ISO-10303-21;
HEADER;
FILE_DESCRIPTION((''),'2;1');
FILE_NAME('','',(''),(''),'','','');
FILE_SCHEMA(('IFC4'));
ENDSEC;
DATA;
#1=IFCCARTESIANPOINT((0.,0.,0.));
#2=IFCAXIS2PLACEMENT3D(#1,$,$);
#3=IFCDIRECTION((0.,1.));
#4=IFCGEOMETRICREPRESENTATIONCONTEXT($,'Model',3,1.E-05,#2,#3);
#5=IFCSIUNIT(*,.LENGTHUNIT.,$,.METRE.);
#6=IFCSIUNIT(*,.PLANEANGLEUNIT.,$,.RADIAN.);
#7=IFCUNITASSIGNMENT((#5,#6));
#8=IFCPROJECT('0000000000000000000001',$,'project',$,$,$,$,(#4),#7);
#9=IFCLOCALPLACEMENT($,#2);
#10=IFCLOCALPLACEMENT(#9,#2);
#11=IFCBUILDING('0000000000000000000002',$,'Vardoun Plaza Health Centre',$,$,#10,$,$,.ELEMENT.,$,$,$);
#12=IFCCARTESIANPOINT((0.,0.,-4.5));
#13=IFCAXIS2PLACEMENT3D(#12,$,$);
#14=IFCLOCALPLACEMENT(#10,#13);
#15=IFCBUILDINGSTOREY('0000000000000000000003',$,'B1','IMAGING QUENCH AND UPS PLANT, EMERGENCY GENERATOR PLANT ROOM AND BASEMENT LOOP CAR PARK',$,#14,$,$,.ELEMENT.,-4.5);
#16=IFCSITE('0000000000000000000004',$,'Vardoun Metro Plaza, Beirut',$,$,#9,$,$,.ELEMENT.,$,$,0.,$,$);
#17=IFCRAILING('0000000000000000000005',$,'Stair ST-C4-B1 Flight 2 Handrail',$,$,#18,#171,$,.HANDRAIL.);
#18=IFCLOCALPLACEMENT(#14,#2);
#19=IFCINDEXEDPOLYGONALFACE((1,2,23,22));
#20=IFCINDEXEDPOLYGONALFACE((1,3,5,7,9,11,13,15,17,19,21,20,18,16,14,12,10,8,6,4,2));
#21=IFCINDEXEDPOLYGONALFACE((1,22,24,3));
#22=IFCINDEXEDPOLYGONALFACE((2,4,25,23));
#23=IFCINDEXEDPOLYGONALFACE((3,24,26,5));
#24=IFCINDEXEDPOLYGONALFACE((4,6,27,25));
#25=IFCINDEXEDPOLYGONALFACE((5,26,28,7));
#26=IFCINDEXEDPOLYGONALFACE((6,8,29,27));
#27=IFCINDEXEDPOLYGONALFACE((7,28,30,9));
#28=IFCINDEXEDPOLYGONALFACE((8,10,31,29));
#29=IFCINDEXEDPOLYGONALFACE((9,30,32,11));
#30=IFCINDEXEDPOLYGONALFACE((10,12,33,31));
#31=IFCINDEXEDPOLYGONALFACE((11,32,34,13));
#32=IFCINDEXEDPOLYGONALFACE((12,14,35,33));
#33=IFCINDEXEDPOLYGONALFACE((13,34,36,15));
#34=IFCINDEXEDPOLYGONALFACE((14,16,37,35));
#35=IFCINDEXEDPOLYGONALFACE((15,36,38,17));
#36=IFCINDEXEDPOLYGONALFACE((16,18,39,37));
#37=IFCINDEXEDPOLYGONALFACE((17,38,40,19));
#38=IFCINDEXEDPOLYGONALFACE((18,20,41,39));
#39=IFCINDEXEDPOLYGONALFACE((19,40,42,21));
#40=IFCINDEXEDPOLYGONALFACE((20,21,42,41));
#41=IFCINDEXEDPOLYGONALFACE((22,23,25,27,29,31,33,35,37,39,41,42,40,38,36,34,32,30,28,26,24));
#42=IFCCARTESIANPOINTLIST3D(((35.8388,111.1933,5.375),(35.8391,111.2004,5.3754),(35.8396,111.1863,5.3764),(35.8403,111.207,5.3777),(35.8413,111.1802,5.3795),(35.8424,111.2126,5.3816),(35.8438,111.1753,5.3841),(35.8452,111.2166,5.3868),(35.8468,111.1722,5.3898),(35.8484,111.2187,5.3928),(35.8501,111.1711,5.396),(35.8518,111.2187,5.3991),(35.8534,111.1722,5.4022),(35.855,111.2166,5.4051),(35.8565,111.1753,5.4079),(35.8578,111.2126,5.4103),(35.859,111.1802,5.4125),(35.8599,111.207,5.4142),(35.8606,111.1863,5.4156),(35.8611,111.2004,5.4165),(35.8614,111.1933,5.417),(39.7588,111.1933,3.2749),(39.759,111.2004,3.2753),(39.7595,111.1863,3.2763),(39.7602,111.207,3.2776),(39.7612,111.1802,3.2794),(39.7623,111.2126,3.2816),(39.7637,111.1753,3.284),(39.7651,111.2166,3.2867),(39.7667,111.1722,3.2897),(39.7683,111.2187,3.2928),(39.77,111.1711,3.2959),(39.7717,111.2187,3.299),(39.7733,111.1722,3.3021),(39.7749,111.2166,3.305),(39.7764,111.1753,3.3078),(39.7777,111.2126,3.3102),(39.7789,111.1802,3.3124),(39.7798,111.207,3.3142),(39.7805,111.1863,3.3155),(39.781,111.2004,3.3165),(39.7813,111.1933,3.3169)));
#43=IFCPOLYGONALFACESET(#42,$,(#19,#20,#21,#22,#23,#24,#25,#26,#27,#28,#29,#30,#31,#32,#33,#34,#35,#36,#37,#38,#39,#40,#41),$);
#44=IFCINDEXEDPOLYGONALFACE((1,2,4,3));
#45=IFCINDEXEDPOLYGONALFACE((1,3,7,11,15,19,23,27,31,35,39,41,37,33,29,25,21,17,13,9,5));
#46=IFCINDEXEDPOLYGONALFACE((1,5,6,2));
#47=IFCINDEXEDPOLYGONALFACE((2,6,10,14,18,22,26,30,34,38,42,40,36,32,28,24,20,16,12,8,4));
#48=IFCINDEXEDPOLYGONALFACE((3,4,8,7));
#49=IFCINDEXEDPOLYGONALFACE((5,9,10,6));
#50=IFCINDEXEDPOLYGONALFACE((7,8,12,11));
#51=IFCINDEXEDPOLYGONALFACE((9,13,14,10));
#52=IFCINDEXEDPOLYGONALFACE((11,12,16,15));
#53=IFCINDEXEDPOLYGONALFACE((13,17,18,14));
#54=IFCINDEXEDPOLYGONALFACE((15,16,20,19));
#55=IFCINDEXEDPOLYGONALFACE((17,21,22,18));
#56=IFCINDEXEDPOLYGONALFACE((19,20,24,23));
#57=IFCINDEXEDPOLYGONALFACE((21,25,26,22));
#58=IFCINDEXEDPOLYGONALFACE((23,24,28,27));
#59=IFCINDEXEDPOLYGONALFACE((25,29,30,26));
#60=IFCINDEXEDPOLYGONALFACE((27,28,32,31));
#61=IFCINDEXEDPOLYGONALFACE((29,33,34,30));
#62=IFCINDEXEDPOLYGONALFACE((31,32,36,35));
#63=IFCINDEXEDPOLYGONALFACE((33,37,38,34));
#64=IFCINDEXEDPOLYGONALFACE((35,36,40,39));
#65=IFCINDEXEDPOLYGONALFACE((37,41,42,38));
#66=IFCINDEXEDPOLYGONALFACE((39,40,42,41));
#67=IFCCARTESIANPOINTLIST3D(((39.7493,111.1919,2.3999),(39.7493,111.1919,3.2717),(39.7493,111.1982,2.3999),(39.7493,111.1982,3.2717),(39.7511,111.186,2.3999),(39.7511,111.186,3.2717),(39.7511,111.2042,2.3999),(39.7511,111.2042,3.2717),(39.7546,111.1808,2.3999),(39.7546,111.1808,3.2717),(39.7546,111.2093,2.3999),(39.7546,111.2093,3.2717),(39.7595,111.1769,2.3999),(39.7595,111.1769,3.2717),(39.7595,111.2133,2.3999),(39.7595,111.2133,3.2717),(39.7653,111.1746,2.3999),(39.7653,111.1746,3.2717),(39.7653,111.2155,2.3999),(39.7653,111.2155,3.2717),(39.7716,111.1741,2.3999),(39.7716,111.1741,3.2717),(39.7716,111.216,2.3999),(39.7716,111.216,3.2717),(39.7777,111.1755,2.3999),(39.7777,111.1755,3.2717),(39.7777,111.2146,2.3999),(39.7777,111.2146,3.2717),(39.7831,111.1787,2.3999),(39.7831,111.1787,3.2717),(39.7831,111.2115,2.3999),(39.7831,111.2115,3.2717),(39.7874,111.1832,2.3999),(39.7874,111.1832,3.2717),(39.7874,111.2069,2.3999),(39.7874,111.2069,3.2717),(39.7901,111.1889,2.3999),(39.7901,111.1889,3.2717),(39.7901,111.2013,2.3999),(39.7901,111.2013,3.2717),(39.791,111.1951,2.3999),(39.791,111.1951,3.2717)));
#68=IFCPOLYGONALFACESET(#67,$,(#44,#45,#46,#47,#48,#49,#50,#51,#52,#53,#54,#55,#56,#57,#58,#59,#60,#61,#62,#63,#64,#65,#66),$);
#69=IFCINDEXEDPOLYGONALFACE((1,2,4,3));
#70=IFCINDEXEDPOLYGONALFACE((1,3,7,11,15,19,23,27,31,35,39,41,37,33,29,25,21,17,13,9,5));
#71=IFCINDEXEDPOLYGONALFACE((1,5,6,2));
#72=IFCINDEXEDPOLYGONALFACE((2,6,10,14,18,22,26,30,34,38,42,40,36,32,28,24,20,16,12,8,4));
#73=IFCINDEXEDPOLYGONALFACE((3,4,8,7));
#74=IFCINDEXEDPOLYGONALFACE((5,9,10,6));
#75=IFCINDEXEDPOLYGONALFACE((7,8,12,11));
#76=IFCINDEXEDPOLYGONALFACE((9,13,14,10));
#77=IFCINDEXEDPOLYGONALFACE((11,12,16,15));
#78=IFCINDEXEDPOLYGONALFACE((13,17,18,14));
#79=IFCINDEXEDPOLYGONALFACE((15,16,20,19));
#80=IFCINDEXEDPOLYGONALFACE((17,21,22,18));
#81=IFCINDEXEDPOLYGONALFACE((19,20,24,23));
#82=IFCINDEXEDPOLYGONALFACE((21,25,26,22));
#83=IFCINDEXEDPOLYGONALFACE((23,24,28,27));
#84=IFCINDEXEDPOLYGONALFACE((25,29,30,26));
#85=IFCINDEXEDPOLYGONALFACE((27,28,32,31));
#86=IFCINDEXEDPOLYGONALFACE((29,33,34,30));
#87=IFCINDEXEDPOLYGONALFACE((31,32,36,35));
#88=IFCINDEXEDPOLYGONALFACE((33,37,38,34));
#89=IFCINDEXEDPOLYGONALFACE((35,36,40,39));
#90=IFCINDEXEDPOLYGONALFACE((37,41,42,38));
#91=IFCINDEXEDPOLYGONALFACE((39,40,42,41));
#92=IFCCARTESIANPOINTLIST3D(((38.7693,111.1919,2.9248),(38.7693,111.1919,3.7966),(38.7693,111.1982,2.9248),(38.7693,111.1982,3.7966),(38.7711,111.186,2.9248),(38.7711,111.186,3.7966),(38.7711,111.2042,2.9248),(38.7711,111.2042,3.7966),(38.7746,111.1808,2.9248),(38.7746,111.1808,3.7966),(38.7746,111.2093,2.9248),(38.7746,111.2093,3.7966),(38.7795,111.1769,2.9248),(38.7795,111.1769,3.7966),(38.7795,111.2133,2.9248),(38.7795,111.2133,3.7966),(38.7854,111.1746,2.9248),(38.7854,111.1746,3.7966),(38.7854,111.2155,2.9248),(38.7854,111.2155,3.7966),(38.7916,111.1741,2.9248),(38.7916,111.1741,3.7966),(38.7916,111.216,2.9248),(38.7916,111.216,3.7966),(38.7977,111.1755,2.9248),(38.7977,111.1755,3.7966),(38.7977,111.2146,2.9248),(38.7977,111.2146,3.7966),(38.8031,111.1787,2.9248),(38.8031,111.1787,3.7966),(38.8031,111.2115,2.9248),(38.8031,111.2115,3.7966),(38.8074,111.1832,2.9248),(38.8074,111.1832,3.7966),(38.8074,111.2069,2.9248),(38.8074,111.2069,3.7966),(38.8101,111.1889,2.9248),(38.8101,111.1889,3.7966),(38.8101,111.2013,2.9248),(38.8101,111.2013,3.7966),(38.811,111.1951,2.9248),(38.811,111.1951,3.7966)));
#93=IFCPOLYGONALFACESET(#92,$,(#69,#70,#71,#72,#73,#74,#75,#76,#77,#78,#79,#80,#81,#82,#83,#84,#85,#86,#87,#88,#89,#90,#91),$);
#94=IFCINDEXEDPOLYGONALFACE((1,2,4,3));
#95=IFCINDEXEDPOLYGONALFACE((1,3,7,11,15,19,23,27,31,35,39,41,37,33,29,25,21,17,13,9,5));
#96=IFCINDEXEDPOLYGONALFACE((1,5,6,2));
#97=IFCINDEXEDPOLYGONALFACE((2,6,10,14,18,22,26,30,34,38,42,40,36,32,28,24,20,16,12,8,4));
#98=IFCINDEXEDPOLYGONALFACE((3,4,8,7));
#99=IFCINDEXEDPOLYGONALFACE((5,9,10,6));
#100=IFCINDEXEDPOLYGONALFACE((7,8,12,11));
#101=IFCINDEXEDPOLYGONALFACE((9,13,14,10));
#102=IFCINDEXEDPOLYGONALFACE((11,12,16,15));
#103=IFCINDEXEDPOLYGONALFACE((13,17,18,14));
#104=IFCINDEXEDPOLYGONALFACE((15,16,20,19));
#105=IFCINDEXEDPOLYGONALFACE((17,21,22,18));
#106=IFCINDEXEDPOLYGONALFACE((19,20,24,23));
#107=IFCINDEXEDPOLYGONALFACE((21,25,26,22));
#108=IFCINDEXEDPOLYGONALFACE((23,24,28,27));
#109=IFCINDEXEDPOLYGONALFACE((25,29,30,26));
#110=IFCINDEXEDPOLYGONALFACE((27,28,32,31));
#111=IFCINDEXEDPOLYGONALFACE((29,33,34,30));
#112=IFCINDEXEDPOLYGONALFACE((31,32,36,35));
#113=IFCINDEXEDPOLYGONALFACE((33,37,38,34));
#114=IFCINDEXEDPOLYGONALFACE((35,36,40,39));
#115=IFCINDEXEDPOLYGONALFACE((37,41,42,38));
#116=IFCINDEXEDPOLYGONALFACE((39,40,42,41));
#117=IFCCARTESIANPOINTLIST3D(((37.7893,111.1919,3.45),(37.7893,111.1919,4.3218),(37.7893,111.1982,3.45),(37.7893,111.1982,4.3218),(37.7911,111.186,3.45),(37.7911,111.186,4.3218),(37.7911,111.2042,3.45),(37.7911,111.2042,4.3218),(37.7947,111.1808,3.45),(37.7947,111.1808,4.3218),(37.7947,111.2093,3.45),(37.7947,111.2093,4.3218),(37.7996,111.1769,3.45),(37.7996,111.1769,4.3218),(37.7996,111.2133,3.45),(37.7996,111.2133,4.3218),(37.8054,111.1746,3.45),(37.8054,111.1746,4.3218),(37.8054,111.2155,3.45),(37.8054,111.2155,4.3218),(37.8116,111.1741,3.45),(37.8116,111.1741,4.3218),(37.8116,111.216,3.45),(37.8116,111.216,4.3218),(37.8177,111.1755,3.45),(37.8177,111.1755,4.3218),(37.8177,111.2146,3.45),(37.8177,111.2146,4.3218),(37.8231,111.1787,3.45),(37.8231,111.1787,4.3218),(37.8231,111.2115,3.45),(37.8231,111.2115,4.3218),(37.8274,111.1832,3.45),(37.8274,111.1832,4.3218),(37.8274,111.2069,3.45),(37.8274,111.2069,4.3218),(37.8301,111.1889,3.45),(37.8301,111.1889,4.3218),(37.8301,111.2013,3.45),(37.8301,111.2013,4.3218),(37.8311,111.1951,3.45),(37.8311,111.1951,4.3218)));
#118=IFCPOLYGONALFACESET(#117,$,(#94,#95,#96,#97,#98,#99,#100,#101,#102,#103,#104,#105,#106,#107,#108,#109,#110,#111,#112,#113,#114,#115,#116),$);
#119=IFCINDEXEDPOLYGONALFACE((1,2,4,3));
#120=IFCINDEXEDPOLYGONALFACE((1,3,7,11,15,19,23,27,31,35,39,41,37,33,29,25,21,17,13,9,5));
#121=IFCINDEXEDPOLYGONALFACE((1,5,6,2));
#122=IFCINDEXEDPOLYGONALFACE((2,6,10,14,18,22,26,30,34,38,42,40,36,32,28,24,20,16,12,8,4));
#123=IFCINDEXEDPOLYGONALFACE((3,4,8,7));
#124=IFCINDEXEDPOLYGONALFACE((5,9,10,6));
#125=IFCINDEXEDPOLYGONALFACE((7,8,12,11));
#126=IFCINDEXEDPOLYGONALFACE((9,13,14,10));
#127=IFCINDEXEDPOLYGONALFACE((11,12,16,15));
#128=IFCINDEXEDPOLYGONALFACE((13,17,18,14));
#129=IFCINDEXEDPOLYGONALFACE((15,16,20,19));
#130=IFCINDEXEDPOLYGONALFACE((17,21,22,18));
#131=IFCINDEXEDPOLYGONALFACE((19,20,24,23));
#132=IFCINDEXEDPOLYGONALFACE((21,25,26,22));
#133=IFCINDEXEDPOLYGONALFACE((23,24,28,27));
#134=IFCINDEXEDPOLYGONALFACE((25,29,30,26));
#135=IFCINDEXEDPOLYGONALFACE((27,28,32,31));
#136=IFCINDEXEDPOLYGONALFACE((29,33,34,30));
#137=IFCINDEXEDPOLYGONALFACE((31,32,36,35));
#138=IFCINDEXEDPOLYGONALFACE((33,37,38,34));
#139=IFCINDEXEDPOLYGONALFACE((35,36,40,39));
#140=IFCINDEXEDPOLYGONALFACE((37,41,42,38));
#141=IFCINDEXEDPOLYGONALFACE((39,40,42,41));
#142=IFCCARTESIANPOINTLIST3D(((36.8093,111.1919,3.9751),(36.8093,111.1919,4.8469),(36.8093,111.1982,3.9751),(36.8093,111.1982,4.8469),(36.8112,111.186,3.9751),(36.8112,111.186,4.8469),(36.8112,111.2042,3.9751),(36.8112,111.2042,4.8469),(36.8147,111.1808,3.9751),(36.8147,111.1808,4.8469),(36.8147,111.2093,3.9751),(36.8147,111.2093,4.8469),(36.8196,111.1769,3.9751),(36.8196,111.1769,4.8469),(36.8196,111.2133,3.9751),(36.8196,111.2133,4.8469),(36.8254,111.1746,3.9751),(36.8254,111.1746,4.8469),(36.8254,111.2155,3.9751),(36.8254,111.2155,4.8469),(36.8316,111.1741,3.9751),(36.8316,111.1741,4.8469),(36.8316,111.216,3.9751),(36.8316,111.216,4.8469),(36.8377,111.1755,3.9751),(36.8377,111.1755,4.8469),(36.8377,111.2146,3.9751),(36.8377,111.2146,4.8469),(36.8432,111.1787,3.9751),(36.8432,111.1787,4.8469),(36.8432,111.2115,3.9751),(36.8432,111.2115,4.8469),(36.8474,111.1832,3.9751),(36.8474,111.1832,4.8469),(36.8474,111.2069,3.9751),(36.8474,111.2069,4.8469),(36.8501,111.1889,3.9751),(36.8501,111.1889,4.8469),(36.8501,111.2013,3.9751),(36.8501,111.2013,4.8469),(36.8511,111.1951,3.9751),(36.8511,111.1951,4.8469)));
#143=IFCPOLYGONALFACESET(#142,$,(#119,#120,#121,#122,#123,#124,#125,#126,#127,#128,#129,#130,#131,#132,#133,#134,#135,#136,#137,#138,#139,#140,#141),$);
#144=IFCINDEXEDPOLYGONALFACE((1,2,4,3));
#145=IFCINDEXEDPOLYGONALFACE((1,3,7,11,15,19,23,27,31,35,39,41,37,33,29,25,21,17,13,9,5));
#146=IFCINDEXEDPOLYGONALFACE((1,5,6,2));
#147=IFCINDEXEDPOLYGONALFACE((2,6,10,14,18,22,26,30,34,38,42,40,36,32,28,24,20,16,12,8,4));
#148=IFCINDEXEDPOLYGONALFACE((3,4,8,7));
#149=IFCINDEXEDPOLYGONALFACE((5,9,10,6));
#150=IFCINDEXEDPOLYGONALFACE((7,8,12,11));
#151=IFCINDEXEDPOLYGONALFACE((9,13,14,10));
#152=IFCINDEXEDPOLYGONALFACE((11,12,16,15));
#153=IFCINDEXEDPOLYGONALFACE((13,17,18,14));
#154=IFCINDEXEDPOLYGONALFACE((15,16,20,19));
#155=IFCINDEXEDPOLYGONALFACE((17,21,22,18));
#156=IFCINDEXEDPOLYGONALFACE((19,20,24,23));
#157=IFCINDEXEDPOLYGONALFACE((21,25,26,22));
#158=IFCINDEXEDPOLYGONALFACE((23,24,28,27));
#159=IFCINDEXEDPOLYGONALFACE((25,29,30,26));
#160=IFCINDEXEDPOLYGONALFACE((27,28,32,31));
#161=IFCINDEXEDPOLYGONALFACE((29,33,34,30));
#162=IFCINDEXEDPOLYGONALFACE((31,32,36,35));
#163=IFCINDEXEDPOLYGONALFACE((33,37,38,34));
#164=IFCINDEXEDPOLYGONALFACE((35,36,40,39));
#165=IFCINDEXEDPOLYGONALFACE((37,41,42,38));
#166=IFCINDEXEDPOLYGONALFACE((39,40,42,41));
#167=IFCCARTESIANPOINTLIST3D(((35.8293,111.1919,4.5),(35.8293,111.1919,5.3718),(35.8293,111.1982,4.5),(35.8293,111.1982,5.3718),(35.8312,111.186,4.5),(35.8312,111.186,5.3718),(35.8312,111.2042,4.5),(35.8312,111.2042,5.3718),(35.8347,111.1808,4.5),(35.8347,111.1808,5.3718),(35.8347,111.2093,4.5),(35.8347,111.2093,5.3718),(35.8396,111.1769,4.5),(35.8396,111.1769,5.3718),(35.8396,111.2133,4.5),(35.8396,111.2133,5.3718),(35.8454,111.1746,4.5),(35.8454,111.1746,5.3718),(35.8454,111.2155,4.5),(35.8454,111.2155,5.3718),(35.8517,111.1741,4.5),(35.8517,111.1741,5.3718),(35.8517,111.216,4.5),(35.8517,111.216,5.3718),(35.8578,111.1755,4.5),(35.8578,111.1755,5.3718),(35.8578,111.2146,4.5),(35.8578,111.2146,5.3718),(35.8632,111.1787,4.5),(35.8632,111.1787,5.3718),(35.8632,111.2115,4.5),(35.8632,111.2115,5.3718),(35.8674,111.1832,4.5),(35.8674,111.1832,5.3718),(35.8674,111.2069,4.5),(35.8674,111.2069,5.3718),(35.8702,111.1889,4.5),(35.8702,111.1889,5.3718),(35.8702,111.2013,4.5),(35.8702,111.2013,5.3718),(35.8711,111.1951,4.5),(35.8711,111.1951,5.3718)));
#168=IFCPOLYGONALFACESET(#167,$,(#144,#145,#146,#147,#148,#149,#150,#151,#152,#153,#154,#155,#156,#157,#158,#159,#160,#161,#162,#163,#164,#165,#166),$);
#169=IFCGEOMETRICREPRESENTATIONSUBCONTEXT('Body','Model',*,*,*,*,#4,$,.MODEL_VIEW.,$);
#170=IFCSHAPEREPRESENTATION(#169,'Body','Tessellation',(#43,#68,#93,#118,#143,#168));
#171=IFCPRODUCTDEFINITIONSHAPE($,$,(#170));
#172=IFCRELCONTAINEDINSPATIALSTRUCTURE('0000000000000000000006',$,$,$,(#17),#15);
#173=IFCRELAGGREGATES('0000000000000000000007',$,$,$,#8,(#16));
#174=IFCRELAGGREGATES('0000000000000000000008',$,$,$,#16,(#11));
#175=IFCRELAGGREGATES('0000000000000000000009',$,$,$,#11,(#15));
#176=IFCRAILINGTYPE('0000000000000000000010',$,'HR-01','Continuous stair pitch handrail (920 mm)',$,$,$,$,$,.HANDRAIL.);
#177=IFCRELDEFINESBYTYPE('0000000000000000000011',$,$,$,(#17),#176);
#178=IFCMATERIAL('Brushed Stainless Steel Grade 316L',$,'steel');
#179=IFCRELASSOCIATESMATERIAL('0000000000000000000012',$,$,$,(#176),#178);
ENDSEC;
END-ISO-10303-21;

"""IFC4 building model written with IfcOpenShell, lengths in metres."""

from ifc_helpers import new_model, si_unit, direction, frame, origin, origin_2d, place, context, subcontext, project, spatial, circle, extrude, material, type_object, element, save


model = new_model("IFC4")

# Units and contexts
model_context = context("Model", 3, precision=1e-05, world=origin(), true_north=direction((0.0, 1.0)))
body_context = subcontext(model_context, "Body", "Model", "MODEL_VIEW")
ifc_project = project(units=[si_unit("LENGTHUNIT", "METRE"), si_unit("PLANEANGLEUNIT", "RADIAN")], contexts=[model_context])

# Site, building, storey
site_placement = place(None, origin())
site = spatial("IfcSite", under=ifc_project, at=site_placement, Name="Vardoun Metro Plaza, Beirut", CompositionType="ELEMENT", RefElevation=0.0)
building_placement = place(site_placement, origin())
building = spatial("IfcBuilding", under=site, at=building_placement, Name="Vardoun Plaza Health Centre", CompositionType="ELEMENT")
storey_placement = place(building_placement, frame((0.0, 0.0, -4.5)))
storey = spatial("IfcBuildingStorey", under=building, at=storey_placement, Name="B1", Description="IMAGING QUENCH AND UPS PLANT, EMERGENCY GENERATOR PLANT ROOM AND BASEMENT LOOP CAR PARK", CompositionType="ELEMENT", Elevation=-4.5)

# Railing
ifc_material_1 = material(Name="Brushed Stainless Steel Grade 316L", Category="steel")
railing_type_1 = type_object("IfcRailingType", Name="HR-01", Description="Continuous stair pitch handrail (920 mm)", PredefinedType="HANDRAIL", material=ifc_material_1)
railing_1_placement = place(storey_placement, frame((39.77, 111.1951, 2.3999)))
element("IfcRailing", 1, at=railing_1_placement, inside=storey, type_object=railing_type_1, Name="Stair ST-C4-B1 Flight 2 Handrail", PredefinedType="HANDRAIL", context=body_context, shape_type="SweptSolid", body=[
    extrude(circle(Radius=0.0239, at=origin_2d()), frame((0.0, 0.0, 0.896), z_axis=(-0.881467, 0.0, 0.472246), x_axis=(0.0, -1.0, 0.0)), (0.0, 0.0, 1.0), 4.447),
    extrude(circle(Radius=0.021, at=origin_2d()), origin(), (0.0, 0.0, 1.0), 0.8718),
    extrude(circle(Radius=0.021, at=origin_2d()), frame((-0.98, 0.0, 0.5249)), (0.0, 0.0, 1.0), 0.8718),
    extrude(circle(Radius=0.021, at=origin_2d()), frame((-1.96, 0.0, 1.05)), (0.0, 0.0, 1.0), 0.8718),
    extrude(circle(Radius=0.021, at=origin_2d()), frame((-2.9399, 0.0, 1.5752)), (0.0, 0.0, 1.0), 0.8718),
    extrude(circle(Radius=0.021, at=origin_2d()), frame((-3.9199, 0.0, 2.1001)), (0.0, 0.0, 1.0), 0.8718),
])

save(model, "model.ifc")
